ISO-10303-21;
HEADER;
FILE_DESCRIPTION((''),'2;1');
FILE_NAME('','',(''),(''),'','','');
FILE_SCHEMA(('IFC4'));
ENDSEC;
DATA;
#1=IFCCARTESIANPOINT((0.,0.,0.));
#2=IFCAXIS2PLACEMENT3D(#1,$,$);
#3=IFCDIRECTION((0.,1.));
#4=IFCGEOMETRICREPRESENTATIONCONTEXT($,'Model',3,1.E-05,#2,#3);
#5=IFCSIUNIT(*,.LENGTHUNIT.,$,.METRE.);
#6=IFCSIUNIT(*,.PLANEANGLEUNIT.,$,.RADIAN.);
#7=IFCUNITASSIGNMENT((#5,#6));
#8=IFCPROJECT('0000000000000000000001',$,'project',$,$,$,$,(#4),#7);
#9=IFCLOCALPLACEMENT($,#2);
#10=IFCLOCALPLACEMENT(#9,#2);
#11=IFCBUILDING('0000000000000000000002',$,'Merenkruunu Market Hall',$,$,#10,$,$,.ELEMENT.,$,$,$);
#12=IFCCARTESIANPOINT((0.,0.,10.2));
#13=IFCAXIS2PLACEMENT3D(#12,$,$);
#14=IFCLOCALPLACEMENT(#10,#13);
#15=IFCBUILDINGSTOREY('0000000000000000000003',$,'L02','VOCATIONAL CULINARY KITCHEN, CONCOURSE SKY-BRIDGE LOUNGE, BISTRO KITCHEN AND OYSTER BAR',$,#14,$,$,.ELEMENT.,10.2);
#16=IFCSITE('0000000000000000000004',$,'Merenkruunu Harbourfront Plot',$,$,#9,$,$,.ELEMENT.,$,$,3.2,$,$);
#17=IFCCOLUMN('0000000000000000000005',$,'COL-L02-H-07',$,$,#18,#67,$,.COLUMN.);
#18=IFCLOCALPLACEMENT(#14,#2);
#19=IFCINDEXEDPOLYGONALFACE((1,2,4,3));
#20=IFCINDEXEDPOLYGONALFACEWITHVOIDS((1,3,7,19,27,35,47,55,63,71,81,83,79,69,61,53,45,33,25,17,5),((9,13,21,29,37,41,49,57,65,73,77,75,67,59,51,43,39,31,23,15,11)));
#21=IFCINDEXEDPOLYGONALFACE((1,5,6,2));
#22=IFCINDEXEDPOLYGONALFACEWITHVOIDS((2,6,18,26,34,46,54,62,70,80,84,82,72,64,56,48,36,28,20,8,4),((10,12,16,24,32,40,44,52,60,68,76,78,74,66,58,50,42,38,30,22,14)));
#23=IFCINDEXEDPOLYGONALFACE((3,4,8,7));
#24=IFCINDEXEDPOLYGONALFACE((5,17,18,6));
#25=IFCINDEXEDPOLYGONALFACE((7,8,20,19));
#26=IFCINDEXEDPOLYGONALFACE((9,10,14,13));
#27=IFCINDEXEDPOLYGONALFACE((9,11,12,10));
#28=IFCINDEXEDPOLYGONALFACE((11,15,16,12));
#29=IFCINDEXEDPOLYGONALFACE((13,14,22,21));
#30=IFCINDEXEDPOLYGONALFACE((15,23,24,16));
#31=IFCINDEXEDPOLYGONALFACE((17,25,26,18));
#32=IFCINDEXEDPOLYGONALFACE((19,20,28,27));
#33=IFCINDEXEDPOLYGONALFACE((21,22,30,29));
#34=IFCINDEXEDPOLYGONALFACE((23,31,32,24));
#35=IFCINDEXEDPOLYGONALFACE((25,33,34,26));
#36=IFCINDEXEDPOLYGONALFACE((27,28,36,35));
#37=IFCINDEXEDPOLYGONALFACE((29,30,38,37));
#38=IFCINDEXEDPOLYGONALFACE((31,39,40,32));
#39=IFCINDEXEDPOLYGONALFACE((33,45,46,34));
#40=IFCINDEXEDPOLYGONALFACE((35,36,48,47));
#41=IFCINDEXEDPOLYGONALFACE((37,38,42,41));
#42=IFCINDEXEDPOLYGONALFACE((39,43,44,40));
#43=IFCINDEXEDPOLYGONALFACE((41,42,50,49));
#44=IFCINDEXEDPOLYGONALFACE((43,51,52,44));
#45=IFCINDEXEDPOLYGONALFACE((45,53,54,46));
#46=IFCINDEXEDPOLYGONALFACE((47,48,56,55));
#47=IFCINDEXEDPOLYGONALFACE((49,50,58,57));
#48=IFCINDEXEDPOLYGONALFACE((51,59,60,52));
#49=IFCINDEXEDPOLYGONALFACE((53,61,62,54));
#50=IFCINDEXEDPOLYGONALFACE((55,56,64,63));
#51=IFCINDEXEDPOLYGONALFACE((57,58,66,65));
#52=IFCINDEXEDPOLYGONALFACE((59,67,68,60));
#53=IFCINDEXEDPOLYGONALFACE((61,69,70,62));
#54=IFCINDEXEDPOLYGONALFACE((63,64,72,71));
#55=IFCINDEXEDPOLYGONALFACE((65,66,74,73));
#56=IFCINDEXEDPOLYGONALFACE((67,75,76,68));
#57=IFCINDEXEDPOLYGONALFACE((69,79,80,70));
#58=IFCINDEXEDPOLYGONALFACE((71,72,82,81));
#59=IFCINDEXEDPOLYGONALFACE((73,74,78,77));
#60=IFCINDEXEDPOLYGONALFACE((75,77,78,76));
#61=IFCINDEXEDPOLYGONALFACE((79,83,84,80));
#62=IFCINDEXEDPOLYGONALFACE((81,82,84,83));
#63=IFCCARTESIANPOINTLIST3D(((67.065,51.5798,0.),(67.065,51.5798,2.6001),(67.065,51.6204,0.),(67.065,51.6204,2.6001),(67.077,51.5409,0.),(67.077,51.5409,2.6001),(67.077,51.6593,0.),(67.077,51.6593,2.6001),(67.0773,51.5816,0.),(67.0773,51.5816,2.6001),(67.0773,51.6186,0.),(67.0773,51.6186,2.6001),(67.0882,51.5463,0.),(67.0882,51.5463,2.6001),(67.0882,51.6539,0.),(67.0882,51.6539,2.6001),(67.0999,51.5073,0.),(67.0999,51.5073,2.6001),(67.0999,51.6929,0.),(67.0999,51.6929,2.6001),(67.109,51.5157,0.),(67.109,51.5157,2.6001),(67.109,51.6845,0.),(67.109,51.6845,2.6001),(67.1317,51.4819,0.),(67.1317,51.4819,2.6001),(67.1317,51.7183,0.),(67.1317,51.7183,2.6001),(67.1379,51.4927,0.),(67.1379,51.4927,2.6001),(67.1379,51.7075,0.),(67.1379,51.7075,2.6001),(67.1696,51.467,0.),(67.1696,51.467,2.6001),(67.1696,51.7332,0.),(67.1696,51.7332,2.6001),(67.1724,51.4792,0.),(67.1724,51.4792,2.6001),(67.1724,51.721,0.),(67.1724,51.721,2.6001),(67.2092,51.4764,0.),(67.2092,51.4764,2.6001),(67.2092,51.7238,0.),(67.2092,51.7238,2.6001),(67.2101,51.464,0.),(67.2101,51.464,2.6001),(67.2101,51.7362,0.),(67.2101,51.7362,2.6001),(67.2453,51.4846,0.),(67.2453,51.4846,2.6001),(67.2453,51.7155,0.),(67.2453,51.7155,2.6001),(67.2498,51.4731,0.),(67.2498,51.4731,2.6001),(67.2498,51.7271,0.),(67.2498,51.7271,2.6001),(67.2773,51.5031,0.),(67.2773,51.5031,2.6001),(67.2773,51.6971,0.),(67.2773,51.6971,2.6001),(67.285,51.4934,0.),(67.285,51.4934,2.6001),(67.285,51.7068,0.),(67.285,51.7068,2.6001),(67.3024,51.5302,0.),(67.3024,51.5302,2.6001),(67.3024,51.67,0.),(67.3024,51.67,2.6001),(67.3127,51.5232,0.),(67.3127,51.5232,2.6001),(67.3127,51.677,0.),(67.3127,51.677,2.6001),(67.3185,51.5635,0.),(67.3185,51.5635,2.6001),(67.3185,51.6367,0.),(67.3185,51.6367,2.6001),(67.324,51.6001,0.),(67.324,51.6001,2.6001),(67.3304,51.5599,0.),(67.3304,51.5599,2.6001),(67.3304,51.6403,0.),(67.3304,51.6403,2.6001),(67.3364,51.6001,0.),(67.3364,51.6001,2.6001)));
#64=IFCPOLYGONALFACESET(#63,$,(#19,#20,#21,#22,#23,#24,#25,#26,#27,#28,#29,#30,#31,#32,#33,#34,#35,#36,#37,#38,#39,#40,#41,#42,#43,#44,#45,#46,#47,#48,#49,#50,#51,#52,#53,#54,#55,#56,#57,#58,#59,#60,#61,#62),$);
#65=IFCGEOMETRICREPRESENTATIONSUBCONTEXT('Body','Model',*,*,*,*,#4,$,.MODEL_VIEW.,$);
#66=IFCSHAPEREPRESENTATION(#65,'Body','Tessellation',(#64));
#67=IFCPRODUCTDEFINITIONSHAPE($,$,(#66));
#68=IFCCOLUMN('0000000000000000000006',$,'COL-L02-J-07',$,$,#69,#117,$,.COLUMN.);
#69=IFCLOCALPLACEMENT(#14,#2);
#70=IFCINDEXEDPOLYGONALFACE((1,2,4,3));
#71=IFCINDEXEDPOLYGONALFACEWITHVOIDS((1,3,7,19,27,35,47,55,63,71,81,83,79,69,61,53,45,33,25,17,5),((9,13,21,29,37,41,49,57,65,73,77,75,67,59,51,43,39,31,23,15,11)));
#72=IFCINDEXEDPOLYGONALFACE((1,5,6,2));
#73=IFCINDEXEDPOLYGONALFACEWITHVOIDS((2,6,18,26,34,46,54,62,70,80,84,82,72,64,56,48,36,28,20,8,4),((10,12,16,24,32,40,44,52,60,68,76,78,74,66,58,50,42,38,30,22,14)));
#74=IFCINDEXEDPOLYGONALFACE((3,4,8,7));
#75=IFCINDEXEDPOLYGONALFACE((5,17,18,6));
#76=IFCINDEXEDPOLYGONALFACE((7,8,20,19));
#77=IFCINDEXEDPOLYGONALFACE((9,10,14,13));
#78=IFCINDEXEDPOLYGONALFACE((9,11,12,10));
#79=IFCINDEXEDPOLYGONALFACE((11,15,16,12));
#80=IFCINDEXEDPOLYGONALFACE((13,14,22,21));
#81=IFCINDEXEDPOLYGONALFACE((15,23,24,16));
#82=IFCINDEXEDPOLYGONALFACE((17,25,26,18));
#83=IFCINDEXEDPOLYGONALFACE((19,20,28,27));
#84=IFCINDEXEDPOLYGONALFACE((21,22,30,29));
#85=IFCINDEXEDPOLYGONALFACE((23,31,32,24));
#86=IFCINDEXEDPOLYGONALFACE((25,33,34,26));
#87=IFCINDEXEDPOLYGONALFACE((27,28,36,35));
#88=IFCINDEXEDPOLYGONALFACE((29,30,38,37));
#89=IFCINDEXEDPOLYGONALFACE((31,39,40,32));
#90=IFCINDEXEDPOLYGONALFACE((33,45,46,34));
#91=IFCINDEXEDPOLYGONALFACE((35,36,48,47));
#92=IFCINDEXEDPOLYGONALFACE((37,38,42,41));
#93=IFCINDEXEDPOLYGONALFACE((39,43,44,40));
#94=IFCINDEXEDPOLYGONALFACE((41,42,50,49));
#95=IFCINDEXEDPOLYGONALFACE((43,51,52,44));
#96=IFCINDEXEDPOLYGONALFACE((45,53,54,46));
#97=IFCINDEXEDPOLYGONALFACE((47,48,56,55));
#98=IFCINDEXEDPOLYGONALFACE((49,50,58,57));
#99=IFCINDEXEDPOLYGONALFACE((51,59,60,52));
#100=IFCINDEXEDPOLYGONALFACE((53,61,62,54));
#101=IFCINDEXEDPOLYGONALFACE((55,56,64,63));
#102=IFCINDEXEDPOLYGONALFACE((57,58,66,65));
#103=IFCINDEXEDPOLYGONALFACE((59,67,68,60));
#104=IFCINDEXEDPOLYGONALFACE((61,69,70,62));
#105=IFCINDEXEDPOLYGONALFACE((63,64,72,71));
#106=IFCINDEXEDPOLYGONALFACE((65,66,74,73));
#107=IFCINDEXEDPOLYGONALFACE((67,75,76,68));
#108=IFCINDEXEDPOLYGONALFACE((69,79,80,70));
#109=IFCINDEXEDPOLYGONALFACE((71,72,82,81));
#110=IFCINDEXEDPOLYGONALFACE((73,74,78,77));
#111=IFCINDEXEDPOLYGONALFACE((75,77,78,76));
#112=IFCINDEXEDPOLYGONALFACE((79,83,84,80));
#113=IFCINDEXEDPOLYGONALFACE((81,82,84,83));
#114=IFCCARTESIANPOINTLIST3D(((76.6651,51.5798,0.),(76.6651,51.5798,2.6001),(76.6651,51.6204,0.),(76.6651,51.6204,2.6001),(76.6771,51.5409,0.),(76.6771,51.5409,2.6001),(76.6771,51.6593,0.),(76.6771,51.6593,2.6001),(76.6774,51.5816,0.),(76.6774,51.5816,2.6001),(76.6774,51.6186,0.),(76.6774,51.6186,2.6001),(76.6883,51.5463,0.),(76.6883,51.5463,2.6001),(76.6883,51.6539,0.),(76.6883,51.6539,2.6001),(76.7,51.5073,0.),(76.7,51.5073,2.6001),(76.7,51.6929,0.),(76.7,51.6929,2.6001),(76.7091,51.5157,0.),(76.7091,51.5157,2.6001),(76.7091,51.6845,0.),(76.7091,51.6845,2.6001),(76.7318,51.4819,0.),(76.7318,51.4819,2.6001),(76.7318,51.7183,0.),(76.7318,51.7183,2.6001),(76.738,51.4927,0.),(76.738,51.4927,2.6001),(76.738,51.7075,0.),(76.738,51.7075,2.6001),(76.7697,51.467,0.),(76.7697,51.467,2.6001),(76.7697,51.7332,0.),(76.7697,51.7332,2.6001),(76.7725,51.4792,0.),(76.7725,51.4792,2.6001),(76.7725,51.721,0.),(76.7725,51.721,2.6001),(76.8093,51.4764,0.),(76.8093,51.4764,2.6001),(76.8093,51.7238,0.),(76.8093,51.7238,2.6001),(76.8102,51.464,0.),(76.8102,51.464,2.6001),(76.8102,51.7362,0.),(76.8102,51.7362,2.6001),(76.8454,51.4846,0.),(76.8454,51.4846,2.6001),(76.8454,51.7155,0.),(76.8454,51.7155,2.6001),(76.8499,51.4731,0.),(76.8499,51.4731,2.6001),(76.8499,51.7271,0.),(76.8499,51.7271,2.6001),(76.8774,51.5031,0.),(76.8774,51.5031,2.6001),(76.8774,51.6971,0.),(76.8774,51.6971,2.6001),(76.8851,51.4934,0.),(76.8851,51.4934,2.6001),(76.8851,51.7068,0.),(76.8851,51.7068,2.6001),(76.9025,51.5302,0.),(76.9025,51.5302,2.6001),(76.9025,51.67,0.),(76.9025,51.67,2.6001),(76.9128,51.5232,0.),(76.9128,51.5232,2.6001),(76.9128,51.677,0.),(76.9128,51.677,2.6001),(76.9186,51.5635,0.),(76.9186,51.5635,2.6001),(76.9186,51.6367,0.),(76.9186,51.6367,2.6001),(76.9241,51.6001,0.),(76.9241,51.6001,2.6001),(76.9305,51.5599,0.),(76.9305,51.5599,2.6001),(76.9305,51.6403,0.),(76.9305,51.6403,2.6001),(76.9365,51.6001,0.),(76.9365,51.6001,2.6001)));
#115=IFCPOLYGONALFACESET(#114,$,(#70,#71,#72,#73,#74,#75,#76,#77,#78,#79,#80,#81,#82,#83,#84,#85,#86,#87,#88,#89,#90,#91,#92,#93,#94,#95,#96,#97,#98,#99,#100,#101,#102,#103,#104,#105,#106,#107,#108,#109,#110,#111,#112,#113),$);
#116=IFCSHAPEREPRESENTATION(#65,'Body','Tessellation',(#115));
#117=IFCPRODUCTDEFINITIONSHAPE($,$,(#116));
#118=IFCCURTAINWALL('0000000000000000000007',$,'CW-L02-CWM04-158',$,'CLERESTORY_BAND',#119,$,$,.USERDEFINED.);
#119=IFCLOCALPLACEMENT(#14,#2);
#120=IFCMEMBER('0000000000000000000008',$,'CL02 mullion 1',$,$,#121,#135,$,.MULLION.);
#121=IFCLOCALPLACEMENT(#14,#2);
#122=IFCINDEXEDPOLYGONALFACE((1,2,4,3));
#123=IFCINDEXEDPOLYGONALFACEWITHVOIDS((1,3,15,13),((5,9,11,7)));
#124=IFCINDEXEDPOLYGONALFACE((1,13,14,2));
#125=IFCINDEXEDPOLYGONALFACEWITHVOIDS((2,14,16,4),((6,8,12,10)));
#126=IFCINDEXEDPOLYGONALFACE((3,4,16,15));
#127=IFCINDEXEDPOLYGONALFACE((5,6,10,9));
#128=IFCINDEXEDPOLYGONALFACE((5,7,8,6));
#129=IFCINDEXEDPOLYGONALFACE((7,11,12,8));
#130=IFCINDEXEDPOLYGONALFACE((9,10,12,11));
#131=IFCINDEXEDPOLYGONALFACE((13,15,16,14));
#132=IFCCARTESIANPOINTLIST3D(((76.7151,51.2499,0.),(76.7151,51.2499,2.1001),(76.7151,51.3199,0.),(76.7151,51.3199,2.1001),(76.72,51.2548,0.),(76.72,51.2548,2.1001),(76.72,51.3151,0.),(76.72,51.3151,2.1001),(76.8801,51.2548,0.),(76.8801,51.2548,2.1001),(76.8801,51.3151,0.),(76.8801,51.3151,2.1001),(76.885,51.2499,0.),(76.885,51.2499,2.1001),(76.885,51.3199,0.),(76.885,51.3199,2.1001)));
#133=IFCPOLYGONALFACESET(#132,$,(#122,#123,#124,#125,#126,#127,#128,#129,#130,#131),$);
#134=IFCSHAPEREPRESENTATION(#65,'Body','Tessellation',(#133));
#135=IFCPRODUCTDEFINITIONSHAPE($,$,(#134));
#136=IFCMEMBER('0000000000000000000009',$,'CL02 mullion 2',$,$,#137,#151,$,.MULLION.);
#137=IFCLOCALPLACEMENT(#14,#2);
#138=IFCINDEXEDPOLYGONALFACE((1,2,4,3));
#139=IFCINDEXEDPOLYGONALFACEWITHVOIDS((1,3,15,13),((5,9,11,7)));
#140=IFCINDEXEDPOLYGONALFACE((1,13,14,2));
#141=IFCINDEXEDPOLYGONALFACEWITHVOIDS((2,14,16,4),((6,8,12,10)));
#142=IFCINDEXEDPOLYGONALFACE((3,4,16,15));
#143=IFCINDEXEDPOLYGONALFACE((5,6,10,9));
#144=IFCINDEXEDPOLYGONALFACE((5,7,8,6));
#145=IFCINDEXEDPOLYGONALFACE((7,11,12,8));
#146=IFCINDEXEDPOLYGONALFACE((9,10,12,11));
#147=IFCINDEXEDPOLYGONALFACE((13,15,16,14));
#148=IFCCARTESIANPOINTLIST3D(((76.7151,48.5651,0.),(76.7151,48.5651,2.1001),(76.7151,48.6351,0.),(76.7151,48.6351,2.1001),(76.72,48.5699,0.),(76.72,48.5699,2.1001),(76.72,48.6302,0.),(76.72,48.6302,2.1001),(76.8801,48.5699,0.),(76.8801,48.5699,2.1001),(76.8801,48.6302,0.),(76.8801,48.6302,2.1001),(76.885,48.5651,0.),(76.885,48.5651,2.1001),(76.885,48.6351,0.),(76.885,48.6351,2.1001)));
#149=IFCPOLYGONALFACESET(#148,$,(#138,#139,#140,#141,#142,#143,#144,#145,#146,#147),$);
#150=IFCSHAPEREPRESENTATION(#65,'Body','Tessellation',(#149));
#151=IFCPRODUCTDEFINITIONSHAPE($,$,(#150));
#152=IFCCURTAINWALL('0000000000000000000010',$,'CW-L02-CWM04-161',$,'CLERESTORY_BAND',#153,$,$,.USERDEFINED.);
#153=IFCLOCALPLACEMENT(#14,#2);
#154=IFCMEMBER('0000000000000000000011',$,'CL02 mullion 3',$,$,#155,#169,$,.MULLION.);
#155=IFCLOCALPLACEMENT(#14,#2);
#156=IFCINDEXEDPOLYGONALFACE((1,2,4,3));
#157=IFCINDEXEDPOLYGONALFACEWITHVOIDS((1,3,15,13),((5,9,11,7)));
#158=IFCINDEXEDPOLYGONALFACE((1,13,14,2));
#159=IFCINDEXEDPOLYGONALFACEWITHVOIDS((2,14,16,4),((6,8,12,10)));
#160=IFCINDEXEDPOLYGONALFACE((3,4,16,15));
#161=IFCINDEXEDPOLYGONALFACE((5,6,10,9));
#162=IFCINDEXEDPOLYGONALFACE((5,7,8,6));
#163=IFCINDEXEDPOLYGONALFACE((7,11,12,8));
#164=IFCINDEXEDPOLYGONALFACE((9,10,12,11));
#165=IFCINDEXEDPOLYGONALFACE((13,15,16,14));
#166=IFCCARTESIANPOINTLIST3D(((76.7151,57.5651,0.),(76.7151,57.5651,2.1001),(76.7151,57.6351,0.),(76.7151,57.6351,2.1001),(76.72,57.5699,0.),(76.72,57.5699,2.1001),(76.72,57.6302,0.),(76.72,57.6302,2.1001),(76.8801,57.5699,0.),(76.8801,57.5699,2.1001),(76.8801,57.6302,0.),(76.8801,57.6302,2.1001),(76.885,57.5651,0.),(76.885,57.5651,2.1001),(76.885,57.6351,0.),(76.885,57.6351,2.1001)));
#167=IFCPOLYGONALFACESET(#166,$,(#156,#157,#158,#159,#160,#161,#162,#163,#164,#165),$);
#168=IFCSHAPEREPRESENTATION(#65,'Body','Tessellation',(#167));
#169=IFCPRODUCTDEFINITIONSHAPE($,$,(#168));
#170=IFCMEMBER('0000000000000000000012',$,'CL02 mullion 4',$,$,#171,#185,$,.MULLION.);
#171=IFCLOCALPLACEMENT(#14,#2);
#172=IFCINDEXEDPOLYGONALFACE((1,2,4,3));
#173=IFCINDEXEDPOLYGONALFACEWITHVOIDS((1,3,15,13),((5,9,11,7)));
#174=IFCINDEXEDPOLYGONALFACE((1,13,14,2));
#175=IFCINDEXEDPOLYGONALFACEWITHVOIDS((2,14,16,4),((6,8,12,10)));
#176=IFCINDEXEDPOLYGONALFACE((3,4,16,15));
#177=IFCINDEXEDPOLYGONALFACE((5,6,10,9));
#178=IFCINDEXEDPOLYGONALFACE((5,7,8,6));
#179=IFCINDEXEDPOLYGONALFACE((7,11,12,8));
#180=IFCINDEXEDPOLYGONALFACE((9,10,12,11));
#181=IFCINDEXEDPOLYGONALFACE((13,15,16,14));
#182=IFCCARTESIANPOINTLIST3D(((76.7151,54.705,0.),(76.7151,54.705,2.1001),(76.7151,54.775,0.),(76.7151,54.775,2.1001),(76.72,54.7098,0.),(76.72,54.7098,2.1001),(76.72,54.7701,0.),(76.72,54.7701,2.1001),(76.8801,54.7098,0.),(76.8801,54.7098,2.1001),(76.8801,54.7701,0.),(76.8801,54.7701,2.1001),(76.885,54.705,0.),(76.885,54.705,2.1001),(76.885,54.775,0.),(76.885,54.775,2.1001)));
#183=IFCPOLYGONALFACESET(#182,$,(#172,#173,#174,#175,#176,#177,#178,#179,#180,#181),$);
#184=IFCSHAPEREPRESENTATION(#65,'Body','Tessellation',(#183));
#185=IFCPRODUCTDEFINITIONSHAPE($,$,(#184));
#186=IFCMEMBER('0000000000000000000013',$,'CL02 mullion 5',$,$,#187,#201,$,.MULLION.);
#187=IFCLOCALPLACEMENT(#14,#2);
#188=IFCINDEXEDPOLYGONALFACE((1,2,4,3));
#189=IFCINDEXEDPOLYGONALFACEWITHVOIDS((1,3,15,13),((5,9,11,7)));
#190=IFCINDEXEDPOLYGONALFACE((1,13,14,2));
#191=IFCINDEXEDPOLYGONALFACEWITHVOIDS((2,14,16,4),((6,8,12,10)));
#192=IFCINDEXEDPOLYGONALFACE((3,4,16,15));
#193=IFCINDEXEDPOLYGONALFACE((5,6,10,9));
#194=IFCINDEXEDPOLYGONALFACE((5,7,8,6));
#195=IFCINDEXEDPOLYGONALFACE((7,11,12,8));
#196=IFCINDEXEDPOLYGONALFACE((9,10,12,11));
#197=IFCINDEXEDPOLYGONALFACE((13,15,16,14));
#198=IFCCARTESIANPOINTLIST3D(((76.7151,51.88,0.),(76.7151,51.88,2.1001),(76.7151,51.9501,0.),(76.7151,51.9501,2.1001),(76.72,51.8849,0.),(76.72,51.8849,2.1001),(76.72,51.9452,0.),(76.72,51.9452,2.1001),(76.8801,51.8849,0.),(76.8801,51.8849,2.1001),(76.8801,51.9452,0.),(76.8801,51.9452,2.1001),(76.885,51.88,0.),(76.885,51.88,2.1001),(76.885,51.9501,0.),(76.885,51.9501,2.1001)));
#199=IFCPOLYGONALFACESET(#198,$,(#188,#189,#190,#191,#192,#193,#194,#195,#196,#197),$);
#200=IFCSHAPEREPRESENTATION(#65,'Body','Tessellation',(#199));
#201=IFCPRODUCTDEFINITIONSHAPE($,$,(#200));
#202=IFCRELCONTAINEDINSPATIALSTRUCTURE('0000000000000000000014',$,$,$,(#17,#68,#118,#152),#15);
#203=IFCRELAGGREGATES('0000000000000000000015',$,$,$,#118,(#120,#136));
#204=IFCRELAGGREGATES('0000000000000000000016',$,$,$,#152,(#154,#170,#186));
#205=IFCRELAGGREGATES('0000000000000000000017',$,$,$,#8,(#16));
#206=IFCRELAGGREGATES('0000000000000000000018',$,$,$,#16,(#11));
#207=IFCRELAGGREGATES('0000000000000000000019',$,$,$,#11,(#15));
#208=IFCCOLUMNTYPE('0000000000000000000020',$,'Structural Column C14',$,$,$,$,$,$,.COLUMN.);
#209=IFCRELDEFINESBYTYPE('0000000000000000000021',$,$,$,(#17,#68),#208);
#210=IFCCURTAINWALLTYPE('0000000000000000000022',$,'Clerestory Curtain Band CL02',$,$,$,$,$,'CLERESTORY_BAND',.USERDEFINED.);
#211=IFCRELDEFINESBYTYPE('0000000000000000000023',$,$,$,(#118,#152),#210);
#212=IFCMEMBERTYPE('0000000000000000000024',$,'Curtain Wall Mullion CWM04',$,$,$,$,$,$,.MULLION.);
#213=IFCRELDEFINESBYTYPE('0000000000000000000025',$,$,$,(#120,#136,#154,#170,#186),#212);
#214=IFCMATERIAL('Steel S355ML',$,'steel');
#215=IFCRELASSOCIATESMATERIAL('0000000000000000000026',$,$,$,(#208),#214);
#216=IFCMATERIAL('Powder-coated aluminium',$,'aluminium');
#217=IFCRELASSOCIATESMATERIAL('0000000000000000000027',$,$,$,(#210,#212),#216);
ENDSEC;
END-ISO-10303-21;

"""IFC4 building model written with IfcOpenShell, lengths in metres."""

from ifc_helpers import new_model, si_unit, direction, frame, origin, origin_2d, place, context, subcontext, project, spatial, hollow_rectangle, hollow_circle, extrude, material, material_profile, profile_set, type_object, element, aggregate, save


model = new_model("IFC4")

# Units and contexts
model_context = context("Model", 3, precision=1e-05, world=origin(), true_north=direction((0.0, 1.0)))
body_context = subcontext(model_context, "Body", "Model", "MODEL_VIEW")
ifc_project = project(units=[si_unit("LENGTHUNIT", "METRE"), si_unit("PLANEANGLEUNIT", "RADIAN")], contexts=[model_context])

# Site, building, storey
site_placement = place(None, origin())
site = spatial("IfcSite", under=ifc_project, at=site_placement, Name="Merenkruunu Harbourfront Plot", CompositionType="ELEMENT", RefElevation=3.2)
building_placement = place(site_placement, origin())
building = spatial("IfcBuilding", under=site, at=building_placement, Name="Merenkruunu Market Hall", CompositionType="ELEMENT")
storey_placement = place(building_placement, frame((0.0, 0.0, 10.2)))
storey = spatial("IfcBuildingStorey", under=building, at=storey_placement, Name="L02", Description="VOCATIONAL CULINARY KITCHEN, CONCOURSE SKY-BRIDGE LOUNGE, BISTRO KITCHEN AND OYSTER BAR", CompositionType="ELEMENT", Elevation=10.2)

# Columns
ifc_material_1 = material(Name="Steel S355ML", Category="steel")
ifc_material_profile_1 = material_profile(ifc_material_1, hollow_circle(Radius=0.1365, WallThickness=0.0125, at=origin_2d()), Name="CHS 273x12.5")
ifc_profile_set_1 = profile_set([ifc_material_profile_1], Name="Steel S355ML")
column_type = type_object("IfcColumnType", Name="Structural Column C14", PredefinedType="COLUMN", material=ifc_profile_set_1)
for number, where, z_axis, x_axis, name in (
    (1, (67.2, 51.6001, 0.0), (0.0, 0.0, 1.0), (1.0, 0.0, 0.0), "COL-L02-H-07"),
    (2, (76.8, 51.6001, 0.0), (0.0, 0.0, 1.0), (1.0, 0.0, 0.0), "COL-L02-J-07"),
):
    element("IfcColumn", number, at=place(storey_placement, frame(where, z_axis=z_axis, x_axis=x_axis)), inside=storey, type_object=column_type, Name=name, PredefinedType="COLUMN", context=body_context, shape_type="SweptSolid", body=[
        extrude(hollow_circle(Radius=0.1365, WallThickness=0.0125, at=origin_2d()), origin(), (0.0, 0.0, 1.0), 2.6001),
    ])

# Curtain walls, members
ifc_material_2 = material(Name="Powder-coated aluminium", Category="aluminium")
curtain_wall_type = type_object("IfcCurtainWallType", Name="Clerestory Curtain Band CL02", ElementType="CLERESTORY_BAND", PredefinedType="USERDEFINED", material=ifc_material_2)
curtain_wall_1_placement = place(storey_placement, origin())
curtain_wall_1 = element("IfcCurtainWall", 3, at=curtain_wall_1_placement, inside=storey, type_object=curtain_wall_type, Name="CW-L02-CWM04-158", ObjectType="CLERESTORY_BAND", PredefinedType="USERDEFINED")
ifc_material_profile_2 = material_profile(ifc_material_2, hollow_rectangle(XDim=0.0701, YDim=0.1699, WallThickness=0.0049, at=origin_2d()), Name="ALU 70x170x5")
ifc_profile_set_2 = profile_set([ifc_material_profile_2], Name="Powder-coated aluminium")
member_type_1 = type_object("IfcMemberType", Name="Curtain Wall Mullion CWM04", PredefinedType="MULLION", material=ifc_profile_set_2)
member_1_placement = place(storey_placement, frame((76.8, 51.2849, 0.0), z_axis=(0.0, 0.0, 1.0), x_axis=(0.0, -1.0, 0.0)))
member_1 = element("IfcMember", 4, at=member_1_placement, type_object=member_type_1, Name="CL02 mullion 1", PredefinedType="MULLION", context=body_context, shape_type="SweptSolid", body=[
    extrude(hollow_rectangle(XDim=0.0701, YDim=0.1699, WallThickness=0.0049, at=origin_2d()), origin(), (0.0, 0.0, 1.0), 2.1001),
])
member_2_placement = place(storey_placement, frame((76.8, 48.6001, 0.0), z_axis=(0.0, 0.0, 1.0), x_axis=(0.0, -1.0, 0.0)))
member_2 = element("IfcMember", 5, at=member_2_placement, type_object=member_type_1, Name="CL02 mullion 2", PredefinedType="MULLION", context=body_context, shape_type="SweptSolid", body=[
    extrude(hollow_rectangle(XDim=0.0701, YDim=0.1699, WallThickness=0.0049, at=origin_2d()), origin(), (0.0, 0.0, 1.0), 2.1001),
])
curtain_wall_2_placement = place(storey_placement, origin())
curtain_wall_2 = element("IfcCurtainWall", 6, at=curtain_wall_2_placement, inside=storey, type_object=curtain_wall_type, Name="CW-L02-CWM04-161", ObjectType="CLERESTORY_BAND", PredefinedType="USERDEFINED")
member_3_placement = place(storey_placement, frame((76.8, 57.6001, 0.0), z_axis=(0.0, 0.0, 1.0), x_axis=(0.0, -1.0, 0.0)))
member_3 = element("IfcMember", 7, at=member_3_placement, type_object=member_type_1, Name="CL02 mullion 3", PredefinedType="MULLION", context=body_context, shape_type="SweptSolid", body=[
    extrude(hollow_rectangle(XDim=0.0701, YDim=0.1699, WallThickness=0.0049, at=origin_2d()), origin(), (0.0, 0.0, 1.0), 2.1001),
])
member_4_placement = place(storey_placement, frame((76.8, 54.74, 0.0), z_axis=(0.0, 0.0, 1.0), x_axis=(0.0, -1.0, 0.0)))
member_4 = element("IfcMember", 8, at=member_4_placement, type_object=member_type_1, Name="CL02 mullion 4", PredefinedType="MULLION", context=body_context, shape_type="SweptSolid", body=[
    extrude(hollow_rectangle(XDim=0.0701, YDim=0.1699, WallThickness=0.0049, at=origin_2d()), origin(), (0.0, 0.0, 1.0), 2.1001),
])
member_5_placement = place(storey_placement, frame((76.8, 51.915, 0.0), z_axis=(0.0, 0.0, 1.0), x_axis=(0.0, -1.0, 0.0)))
member_5 = element("IfcMember", 9, at=member_5_placement, type_object=member_type_1, Name="CL02 mullion 5", PredefinedType="MULLION", context=body_context, shape_type="SweptSolid", body=[
    extrude(hollow_rectangle(XDim=0.0701, YDim=0.1699, WallThickness=0.0049, at=origin_2d()), origin(), (0.0, 0.0, 1.0), 2.1001),
])

aggregate(curtain_wall_1, [member_1, member_2])
aggregate(curtain_wall_2, [member_3, member_4, member_5])

save(model, "model.ifc")
